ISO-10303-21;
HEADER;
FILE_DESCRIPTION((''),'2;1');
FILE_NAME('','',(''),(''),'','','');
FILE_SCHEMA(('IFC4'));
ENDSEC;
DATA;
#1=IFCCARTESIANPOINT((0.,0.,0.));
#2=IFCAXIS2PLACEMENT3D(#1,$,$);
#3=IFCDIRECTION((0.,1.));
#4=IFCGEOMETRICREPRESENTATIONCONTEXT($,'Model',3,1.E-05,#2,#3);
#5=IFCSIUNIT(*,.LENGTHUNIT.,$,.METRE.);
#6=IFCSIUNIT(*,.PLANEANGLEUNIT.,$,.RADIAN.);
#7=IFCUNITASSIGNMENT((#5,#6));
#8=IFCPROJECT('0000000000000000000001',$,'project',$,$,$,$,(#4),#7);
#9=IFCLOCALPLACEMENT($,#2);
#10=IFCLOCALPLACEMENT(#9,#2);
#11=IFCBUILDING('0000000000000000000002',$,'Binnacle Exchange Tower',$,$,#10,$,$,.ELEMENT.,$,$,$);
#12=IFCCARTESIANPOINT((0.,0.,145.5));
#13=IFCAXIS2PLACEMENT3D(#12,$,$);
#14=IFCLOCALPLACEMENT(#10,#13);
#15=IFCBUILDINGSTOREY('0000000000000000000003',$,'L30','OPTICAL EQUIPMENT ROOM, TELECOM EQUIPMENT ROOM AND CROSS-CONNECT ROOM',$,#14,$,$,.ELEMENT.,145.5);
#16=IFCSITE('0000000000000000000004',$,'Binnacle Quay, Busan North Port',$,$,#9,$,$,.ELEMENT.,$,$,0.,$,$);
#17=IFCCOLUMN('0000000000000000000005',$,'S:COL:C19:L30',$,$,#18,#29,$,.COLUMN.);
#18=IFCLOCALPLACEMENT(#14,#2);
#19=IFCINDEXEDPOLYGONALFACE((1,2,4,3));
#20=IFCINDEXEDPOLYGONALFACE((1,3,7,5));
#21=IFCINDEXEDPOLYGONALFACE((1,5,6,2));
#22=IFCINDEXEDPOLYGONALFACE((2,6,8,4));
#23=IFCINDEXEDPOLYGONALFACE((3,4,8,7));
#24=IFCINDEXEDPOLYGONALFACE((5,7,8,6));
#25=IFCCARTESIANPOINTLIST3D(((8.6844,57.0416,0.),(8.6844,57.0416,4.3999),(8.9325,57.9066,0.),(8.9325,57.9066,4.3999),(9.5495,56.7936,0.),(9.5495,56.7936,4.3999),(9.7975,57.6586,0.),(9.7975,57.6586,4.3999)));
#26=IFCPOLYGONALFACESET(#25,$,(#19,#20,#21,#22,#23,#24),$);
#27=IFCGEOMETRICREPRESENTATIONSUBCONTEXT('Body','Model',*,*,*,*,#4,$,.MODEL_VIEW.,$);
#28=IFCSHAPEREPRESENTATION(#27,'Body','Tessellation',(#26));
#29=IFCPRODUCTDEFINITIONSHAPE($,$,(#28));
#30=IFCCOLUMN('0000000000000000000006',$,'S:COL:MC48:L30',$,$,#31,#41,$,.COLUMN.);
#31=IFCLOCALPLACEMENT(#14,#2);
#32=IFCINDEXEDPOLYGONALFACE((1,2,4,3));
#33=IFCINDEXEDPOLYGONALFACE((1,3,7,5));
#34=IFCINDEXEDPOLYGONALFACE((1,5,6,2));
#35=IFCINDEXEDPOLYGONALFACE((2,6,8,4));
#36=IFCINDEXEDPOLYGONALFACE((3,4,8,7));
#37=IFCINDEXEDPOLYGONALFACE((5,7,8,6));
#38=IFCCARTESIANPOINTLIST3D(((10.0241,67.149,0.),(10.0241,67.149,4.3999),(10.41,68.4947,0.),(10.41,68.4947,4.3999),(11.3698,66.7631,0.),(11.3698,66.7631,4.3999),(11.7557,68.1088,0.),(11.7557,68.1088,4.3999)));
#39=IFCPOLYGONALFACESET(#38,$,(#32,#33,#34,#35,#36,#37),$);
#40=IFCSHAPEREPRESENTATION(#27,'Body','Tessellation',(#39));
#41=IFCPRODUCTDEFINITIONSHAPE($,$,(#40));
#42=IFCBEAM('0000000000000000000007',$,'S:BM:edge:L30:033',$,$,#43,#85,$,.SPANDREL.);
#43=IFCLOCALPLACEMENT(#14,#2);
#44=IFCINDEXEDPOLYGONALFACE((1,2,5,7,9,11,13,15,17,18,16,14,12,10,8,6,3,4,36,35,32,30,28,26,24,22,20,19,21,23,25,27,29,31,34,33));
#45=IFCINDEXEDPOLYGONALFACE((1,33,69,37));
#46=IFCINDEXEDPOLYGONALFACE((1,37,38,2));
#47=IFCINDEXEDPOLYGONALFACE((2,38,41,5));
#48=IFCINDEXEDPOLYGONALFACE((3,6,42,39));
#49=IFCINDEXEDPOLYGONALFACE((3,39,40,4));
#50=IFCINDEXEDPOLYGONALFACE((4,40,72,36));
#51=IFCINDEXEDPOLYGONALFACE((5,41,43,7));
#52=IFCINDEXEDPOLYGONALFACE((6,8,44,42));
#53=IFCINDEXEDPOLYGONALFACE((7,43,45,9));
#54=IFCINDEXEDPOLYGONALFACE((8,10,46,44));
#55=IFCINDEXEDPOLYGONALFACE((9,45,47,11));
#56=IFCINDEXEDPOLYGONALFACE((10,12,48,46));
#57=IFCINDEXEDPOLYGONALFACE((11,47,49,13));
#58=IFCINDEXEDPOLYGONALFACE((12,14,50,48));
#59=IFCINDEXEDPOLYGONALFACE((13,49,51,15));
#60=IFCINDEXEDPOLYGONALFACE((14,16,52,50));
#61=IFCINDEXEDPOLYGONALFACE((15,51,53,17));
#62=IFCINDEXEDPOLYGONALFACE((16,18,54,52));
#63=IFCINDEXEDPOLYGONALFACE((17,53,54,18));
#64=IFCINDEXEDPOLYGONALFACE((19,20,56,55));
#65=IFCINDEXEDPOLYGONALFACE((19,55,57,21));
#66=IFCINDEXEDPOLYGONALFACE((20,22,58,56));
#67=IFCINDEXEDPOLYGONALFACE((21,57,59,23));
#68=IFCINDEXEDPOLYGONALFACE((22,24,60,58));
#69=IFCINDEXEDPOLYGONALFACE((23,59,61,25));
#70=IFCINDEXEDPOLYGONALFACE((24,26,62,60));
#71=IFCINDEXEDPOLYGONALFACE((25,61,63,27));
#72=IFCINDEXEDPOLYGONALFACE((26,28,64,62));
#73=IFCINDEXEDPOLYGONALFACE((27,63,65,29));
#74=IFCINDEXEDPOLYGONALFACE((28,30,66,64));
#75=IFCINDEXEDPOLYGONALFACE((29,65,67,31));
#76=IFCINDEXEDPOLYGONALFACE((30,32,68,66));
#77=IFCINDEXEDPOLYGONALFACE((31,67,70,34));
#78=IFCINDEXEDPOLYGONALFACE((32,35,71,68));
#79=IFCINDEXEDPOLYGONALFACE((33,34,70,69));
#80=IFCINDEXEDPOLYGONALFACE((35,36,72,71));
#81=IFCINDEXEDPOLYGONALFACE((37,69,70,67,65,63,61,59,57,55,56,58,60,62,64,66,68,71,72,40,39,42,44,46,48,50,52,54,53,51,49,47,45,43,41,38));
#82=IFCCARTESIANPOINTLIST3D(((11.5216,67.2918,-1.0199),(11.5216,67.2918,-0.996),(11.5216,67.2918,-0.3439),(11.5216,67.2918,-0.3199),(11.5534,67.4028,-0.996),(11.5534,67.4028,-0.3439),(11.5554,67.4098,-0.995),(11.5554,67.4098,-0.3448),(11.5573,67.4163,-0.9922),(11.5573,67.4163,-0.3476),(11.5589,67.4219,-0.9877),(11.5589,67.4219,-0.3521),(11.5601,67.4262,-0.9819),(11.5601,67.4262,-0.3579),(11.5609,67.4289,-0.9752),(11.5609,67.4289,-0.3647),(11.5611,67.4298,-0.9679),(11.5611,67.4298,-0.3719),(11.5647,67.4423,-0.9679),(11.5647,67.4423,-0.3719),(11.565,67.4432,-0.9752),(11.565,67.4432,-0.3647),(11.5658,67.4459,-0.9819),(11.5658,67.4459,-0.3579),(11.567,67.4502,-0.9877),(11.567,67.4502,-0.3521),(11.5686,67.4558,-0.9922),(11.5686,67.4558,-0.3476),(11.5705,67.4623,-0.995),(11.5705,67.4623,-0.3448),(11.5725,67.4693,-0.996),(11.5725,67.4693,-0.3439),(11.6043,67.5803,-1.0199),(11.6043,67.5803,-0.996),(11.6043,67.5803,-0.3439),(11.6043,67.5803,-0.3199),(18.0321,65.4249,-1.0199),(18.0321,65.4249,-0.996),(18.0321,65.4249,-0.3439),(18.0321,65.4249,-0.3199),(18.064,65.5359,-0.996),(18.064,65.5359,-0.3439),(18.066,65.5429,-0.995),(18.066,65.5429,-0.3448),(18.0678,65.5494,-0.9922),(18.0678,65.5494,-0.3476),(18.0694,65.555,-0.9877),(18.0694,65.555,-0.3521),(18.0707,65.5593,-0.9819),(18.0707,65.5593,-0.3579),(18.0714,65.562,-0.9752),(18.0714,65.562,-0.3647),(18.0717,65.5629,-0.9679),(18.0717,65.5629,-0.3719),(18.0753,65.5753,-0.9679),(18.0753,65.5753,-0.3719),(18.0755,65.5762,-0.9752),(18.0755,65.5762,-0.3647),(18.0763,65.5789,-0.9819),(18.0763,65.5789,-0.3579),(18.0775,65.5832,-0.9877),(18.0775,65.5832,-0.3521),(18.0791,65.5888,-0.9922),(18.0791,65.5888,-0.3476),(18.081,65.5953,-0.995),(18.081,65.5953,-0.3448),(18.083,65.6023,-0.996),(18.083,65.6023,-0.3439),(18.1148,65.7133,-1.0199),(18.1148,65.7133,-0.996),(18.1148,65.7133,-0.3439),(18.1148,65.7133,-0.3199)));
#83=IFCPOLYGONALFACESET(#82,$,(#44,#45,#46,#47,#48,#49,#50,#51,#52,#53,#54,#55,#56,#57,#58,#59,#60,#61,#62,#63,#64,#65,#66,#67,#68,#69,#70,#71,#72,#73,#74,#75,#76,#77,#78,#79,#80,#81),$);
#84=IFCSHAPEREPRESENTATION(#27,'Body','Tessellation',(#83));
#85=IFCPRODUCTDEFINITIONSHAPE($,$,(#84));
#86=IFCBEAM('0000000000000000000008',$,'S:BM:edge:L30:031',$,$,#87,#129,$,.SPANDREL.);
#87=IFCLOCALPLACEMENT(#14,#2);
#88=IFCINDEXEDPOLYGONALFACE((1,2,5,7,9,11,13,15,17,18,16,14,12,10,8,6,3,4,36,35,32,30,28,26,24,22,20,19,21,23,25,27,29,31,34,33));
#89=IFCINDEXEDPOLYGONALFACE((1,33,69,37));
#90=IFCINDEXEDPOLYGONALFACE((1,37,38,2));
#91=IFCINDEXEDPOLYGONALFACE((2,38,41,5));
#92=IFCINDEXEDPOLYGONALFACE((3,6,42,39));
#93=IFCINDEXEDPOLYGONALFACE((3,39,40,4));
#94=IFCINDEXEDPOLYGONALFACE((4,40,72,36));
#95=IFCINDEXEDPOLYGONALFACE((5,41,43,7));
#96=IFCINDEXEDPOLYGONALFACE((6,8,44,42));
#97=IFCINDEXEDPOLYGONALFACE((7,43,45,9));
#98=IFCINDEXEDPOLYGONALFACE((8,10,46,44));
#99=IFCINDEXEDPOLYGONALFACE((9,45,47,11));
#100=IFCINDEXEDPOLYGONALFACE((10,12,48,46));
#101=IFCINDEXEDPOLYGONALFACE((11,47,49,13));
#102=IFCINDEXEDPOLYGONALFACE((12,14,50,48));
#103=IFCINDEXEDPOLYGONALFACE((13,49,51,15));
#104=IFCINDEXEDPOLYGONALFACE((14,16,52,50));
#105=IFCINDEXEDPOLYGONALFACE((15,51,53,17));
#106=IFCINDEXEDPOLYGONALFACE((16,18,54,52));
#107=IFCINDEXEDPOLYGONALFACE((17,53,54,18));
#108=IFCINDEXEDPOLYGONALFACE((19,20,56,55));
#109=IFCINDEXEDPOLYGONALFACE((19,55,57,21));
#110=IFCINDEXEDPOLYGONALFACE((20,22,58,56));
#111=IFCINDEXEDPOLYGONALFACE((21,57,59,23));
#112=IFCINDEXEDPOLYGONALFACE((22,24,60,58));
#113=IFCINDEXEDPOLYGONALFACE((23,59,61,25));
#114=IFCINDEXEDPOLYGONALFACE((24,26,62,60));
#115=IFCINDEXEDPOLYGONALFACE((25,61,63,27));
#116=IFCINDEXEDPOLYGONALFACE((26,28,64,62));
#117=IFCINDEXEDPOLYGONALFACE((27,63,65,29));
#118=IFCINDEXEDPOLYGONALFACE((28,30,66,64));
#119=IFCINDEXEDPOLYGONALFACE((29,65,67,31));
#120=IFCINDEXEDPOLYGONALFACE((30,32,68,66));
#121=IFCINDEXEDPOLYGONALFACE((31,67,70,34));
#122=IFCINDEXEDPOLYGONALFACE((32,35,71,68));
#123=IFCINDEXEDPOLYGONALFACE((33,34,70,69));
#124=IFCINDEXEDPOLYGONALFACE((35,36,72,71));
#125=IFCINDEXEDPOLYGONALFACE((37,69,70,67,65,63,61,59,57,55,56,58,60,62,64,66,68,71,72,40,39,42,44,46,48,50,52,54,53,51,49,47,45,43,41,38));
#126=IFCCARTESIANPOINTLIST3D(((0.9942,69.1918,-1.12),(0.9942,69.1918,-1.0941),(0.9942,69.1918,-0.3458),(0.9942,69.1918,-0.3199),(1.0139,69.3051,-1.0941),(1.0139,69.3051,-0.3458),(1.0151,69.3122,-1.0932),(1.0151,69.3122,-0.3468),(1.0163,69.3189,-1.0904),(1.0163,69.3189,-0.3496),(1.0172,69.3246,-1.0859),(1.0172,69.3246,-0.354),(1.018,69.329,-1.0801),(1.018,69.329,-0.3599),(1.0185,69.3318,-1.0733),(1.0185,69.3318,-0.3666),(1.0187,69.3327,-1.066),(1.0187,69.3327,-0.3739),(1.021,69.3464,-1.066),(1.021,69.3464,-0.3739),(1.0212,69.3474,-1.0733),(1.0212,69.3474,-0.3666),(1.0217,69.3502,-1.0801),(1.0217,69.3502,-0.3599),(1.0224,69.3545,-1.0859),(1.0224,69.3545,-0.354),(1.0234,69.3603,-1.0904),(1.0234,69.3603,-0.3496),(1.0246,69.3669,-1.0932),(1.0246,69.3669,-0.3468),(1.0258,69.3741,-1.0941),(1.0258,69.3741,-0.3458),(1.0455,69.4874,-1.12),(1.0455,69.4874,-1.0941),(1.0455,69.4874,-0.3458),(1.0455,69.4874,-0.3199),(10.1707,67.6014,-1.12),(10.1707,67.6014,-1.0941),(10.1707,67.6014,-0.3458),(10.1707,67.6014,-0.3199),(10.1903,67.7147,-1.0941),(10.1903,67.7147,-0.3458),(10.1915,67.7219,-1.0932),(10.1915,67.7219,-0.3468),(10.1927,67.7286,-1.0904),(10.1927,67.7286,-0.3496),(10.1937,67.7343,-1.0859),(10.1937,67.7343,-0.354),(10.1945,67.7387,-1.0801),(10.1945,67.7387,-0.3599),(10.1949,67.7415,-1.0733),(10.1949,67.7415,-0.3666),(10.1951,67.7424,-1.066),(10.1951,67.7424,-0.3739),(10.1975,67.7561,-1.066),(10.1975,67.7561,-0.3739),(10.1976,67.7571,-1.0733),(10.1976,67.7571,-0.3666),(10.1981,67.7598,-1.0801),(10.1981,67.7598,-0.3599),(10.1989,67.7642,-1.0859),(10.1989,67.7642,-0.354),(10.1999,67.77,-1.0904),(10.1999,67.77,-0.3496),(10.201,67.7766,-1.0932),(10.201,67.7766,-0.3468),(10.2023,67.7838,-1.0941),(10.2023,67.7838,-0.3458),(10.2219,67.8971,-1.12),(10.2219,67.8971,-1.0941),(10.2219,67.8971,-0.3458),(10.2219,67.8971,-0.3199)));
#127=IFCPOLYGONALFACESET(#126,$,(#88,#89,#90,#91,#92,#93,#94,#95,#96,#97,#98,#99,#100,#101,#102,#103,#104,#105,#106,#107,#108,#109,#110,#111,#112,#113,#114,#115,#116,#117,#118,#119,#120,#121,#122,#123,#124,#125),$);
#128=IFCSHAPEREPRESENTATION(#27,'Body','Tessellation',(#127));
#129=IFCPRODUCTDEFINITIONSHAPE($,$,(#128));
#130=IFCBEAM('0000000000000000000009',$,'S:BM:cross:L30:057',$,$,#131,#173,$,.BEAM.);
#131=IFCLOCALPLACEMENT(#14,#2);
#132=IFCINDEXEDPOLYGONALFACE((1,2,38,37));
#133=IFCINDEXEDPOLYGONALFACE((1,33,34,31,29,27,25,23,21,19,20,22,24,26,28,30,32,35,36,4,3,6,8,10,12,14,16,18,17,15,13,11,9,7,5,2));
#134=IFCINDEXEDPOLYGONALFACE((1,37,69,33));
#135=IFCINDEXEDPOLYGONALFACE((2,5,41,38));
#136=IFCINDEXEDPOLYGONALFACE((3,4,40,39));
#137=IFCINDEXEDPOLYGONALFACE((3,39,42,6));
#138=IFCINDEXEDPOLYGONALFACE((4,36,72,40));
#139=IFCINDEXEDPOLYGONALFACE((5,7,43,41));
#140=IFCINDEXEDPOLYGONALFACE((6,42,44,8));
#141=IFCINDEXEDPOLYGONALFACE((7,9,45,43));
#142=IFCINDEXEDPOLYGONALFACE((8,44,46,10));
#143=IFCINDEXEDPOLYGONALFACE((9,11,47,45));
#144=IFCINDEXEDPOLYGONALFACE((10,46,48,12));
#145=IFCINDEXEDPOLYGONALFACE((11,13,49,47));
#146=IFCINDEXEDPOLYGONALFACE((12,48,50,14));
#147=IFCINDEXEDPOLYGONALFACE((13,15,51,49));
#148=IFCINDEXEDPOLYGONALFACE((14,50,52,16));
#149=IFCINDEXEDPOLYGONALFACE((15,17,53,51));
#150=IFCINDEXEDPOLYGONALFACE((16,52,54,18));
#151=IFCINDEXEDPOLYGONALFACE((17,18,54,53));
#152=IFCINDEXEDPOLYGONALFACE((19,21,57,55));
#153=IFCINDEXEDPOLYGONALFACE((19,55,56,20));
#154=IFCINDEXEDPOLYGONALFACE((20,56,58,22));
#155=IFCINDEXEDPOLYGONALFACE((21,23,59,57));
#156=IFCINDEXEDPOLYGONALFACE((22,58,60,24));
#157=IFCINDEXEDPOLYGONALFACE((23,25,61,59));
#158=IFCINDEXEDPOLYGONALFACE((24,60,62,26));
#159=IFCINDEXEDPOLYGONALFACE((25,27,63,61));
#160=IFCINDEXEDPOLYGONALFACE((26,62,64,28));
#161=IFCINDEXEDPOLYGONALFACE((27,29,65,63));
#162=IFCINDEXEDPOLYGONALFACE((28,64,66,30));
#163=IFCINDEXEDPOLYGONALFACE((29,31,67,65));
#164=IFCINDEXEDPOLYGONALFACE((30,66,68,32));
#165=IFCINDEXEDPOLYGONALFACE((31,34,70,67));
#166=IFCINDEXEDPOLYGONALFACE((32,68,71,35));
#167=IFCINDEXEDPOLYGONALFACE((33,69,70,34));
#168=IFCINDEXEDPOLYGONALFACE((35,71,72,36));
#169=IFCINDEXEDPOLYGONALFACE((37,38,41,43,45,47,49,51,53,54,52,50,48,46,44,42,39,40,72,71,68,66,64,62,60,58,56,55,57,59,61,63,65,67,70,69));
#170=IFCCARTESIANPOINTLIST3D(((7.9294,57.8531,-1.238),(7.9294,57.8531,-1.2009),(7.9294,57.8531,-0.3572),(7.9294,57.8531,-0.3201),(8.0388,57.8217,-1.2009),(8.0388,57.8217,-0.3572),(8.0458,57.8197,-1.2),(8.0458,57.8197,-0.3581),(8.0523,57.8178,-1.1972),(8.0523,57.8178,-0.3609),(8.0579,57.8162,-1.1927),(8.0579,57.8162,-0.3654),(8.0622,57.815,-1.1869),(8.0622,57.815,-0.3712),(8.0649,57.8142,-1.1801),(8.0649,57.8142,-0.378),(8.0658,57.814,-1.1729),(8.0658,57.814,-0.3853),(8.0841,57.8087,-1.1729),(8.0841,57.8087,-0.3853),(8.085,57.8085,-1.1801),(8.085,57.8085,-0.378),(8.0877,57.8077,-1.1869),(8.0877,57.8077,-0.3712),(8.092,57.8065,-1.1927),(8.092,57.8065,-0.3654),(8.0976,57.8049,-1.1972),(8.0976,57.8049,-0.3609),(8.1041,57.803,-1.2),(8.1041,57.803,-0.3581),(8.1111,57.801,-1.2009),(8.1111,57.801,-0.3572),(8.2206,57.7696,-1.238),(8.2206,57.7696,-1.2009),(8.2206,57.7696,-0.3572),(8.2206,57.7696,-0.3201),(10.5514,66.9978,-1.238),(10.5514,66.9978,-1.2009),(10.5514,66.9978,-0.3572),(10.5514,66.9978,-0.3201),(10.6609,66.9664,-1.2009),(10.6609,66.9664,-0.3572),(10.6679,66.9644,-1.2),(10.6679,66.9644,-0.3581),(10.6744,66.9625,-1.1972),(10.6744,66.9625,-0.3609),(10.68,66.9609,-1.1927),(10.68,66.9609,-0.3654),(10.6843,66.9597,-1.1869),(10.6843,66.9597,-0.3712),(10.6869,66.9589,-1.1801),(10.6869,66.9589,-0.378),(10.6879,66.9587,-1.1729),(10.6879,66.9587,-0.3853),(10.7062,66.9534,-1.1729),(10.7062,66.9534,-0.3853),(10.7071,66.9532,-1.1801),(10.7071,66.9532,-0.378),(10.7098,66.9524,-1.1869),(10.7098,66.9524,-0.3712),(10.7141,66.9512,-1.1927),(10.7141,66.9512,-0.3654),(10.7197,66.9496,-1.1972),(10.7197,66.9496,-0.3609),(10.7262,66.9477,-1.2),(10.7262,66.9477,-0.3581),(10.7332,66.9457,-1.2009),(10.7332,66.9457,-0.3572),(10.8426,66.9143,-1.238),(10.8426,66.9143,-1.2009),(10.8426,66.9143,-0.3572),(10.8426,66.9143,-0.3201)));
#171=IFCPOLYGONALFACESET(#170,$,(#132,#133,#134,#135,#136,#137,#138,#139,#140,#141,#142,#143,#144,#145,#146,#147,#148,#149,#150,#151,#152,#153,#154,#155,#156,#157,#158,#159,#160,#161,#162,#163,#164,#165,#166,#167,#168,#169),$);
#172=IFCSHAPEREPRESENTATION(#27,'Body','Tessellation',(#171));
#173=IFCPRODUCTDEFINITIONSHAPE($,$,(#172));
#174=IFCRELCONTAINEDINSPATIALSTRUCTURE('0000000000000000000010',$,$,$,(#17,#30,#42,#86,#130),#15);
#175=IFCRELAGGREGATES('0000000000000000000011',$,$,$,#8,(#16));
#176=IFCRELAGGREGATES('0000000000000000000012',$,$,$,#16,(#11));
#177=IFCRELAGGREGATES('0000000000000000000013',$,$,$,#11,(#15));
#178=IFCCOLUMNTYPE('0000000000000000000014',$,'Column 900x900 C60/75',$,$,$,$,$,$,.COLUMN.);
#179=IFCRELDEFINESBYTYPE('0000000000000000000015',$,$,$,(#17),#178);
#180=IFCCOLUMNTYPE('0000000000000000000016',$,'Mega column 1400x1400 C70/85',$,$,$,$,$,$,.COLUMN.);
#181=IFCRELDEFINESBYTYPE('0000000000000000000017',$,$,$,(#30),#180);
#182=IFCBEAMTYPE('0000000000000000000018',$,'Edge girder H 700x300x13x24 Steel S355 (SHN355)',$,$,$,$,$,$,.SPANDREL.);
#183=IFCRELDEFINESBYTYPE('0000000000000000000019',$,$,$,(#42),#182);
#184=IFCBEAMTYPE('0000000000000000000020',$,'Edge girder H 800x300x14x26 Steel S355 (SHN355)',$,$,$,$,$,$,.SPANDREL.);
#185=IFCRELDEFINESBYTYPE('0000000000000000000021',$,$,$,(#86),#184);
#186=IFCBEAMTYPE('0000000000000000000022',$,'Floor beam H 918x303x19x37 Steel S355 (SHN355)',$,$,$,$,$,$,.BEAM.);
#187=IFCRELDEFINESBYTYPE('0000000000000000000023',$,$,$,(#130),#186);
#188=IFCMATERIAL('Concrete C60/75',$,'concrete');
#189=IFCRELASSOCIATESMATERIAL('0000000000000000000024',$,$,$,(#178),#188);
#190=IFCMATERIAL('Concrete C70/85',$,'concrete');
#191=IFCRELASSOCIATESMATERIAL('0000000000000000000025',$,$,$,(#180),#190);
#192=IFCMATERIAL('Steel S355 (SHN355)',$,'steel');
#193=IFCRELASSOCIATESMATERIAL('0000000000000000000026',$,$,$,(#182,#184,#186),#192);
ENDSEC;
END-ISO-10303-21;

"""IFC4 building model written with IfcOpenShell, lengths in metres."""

from ifc_helpers import new_model, si_unit, direction, frame, origin, origin_2d, place, context, subcontext, project, spatial, rectangle, i_section, extrude, material, material_profile, profile_set, type_object, element, save


model = new_model("IFC4")

# Units and contexts
model_context = context("Model", 3, precision=1e-05, world=origin(), true_north=direction((0.0, 1.0)))
body_context = subcontext(model_context, "Body", "Model", "MODEL_VIEW")
ifc_project = project(units=[si_unit("LENGTHUNIT", "METRE"), si_unit("PLANEANGLEUNIT", "RADIAN")], contexts=[model_context])

# Site, building, storey
site_placement = place(None, origin())
site = spatial("IfcSite", under=ifc_project, at=site_placement, Name="Binnacle Quay, Busan North Port", CompositionType="ELEMENT", RefElevation=0.0)
building_placement = place(site_placement, origin())
building = spatial("IfcBuilding", under=site, at=building_placement, Name="Binnacle Exchange Tower", CompositionType="ELEMENT")
storey_placement = place(building_placement, frame((0.0, 0.0, 145.5)))
storey = spatial("IfcBuildingStorey", under=building, at=storey_placement, Name="L30", Description="OPTICAL EQUIPMENT ROOM, TELECOM EQUIPMENT ROOM AND CROSS-CONNECT ROOM", CompositionType="ELEMENT", Elevation=145.5)

# Columns
ifc_material_1 = material(Name="Concrete C60/75", Category="concrete")
ifc_material_profile_1 = material_profile(ifc_material_1, rectangle(XDim=0.8999, YDim=0.8999, at=origin_2d()), Name="Column 900x900 C60/75")
ifc_profile_set_1 = profile_set([ifc_material_profile_1], Name="Concrete C60/75")
column_type_1 = type_object("IfcColumnType", Name="Column 900x900 C60/75", PredefinedType="COLUMN", material=ifc_profile_set_1)
column_1_placement = place(storey_placement, frame((9.241, 57.3501, 0.0), z_axis=(0.0, 0.0, 1.0), x_axis=(0.961262, -0.275637, 0.0)))
element("IfcColumn", 1, at=column_1_placement, inside=storey, type_object=column_type_1, Name="S:COL:C19:L30", PredefinedType="COLUMN", context=body_context, shape_type="SweptSolid", body=[
    extrude(rectangle(XDim=0.8999, YDim=0.8999, at=origin_2d()), origin(), (0.0, 0.0, 1.0), 4.3999),
])
ifc_material_2 = material(Name="Concrete C70/85", Category="concrete")
ifc_material_profile_2 = material_profile(ifc_material_2, rectangle(XDim=1.3999, YDim=1.3999, at=origin_2d()), Name="Mega column 1400x1400 C70/85")
ifc_profile_set_2 = profile_set([ifc_material_profile_2], Name="Concrete C70/85")
column_type_2 = type_object("IfcColumnType", Name="Mega column 1400x1400 C70/85", PredefinedType="COLUMN", material=ifc_profile_set_2)
column_2_placement = place(storey_placement, frame((10.8899, 67.6289, 0.0), z_axis=(0.0, 0.0, 1.0), x_axis=(-0.961262, 0.275637, 0.0)))
element("IfcColumn", 2, at=column_2_placement, inside=storey, type_object=column_type_2, Name="S:COL:MC48:L30", PredefinedType="COLUMN", context=body_context, shape_type="SweptSolid", body=[
    extrude(rectangle(XDim=1.3999, YDim=1.3999, at=origin_2d()), origin(), (0.0, 0.0, 1.0), 4.3999),
])

# Beams
ifc_material_3 = material(Name="Steel S355 (SHN355)", Category="steel")
ifc_material_profile_3 = material_profile(ifc_material_3, i_section(OverallWidth=0.3, OverallDepth=0.7, WebThickness=0.0129, FlangeThickness=0.0239, FilletRadius=0.0281, at=origin_2d()), Name="H 700x300x13x24")
ifc_profile_set_3 = profile_set([ifc_material_profile_3], Name="Steel S355 (SHN355)")
beam_type_1 = type_object("IfcBeamType", Name="Edge girder H 700x300x13x24 Steel S355 (SHN355)", PredefinedType="SPANDREL", material=ifc_profile_set_3)
beam_1_placement = place(storey_placement, frame((18.0735, 65.5691, -0.6699), z_axis=(-0.961258, 0.275649, 0.0), x_axis=(-0.275649, -0.961258, 0.0)))
element("IfcBeam", 3, at=beam_1_placement, inside=storey, type_object=beam_type_1, Name="S:BM:edge:L30:033", PredefinedType="SPANDREL", context=body_context, shape_type="SweptSolid", body=[
    extrude(i_section(OverallWidth=0.3, OverallDepth=0.7, WebThickness=0.0129, FlangeThickness=0.0239, FilletRadius=0.0281, at=origin_2d()), origin(), (0.0, 0.0, 1.0), 6.7729),
])
ifc_material_profile_4 = material_profile(ifc_material_3, i_section(OverallWidth=0.3, OverallDepth=0.8, WebThickness=0.0139, FlangeThickness=0.0259, FilletRadius=0.0281, at=origin_2d()), Name="H 800x300x14x26")
ifc_profile_set_4 = profile_set([ifc_material_profile_4], Name="Steel S355 (SHN355)")
beam_type_2 = type_object("IfcBeamType", Name="Edge girder H 800x300x14x26 Steel S355 (SHN355)", PredefinedType="SPANDREL", material=ifc_profile_set_4)
beam_2_placement = place(storey_placement, frame((10.1963, 67.7493, -0.72), z_axis=(-0.985313, 0.170759, 0.0), x_axis=(-0.170759, -0.985313, 0.0)))
element("IfcBeam", 4, at=beam_2_placement, inside=storey, type_object=beam_type_2, Name="S:BM:edge:L30:031", PredefinedType="SPANDREL", context=body_context, shape_type="SweptSolid", body=[
    extrude(i_section(OverallWidth=0.3, OverallDepth=0.8, WebThickness=0.0139, FlangeThickness=0.0259, FilletRadius=0.0281, at=origin_2d()), origin(), (0.0, 0.0, 1.0), 9.3132),
])
ifc_material_profile_5 = material_profile(ifc_material_3, i_section(OverallWidth=0.303, OverallDepth=0.918, WebThickness=0.019, FlangeThickness=0.0371, FilletRadius=0.0281, at=origin_2d()), Name="H 918x303x19x37")
ifc_profile_set_5 = profile_set([ifc_material_profile_5], Name="Steel S355 (SHN355)")
beam_type_3 = type_object("IfcBeamType", Name="Floor beam H 918x303x19x37 Steel S355 (SHN355)", PredefinedType="BEAM", material=ifc_profile_set_5)
beam_3_placement = place(storey_placement, frame((10.697, 66.9561, -0.7791), z_axis=(-0.275623, -0.961266, 0.0), x_axis=(0.961266, -0.275623, 0.0)))
element("IfcBeam", 5, at=beam_3_placement, inside=storey, type_object=beam_type_3, Name="S:BM:cross:L30:057", PredefinedType="BEAM", context=body_context, shape_type="SweptSolid", body=[
    extrude(i_section(OverallWidth=0.303, OverallDepth=0.918, WebThickness=0.019, FlangeThickness=0.0371, FilletRadius=0.0281, at=origin_2d()), origin(), (0.0, 0.0, 1.0), 9.5132),
])

save(model, "model.ifc")
